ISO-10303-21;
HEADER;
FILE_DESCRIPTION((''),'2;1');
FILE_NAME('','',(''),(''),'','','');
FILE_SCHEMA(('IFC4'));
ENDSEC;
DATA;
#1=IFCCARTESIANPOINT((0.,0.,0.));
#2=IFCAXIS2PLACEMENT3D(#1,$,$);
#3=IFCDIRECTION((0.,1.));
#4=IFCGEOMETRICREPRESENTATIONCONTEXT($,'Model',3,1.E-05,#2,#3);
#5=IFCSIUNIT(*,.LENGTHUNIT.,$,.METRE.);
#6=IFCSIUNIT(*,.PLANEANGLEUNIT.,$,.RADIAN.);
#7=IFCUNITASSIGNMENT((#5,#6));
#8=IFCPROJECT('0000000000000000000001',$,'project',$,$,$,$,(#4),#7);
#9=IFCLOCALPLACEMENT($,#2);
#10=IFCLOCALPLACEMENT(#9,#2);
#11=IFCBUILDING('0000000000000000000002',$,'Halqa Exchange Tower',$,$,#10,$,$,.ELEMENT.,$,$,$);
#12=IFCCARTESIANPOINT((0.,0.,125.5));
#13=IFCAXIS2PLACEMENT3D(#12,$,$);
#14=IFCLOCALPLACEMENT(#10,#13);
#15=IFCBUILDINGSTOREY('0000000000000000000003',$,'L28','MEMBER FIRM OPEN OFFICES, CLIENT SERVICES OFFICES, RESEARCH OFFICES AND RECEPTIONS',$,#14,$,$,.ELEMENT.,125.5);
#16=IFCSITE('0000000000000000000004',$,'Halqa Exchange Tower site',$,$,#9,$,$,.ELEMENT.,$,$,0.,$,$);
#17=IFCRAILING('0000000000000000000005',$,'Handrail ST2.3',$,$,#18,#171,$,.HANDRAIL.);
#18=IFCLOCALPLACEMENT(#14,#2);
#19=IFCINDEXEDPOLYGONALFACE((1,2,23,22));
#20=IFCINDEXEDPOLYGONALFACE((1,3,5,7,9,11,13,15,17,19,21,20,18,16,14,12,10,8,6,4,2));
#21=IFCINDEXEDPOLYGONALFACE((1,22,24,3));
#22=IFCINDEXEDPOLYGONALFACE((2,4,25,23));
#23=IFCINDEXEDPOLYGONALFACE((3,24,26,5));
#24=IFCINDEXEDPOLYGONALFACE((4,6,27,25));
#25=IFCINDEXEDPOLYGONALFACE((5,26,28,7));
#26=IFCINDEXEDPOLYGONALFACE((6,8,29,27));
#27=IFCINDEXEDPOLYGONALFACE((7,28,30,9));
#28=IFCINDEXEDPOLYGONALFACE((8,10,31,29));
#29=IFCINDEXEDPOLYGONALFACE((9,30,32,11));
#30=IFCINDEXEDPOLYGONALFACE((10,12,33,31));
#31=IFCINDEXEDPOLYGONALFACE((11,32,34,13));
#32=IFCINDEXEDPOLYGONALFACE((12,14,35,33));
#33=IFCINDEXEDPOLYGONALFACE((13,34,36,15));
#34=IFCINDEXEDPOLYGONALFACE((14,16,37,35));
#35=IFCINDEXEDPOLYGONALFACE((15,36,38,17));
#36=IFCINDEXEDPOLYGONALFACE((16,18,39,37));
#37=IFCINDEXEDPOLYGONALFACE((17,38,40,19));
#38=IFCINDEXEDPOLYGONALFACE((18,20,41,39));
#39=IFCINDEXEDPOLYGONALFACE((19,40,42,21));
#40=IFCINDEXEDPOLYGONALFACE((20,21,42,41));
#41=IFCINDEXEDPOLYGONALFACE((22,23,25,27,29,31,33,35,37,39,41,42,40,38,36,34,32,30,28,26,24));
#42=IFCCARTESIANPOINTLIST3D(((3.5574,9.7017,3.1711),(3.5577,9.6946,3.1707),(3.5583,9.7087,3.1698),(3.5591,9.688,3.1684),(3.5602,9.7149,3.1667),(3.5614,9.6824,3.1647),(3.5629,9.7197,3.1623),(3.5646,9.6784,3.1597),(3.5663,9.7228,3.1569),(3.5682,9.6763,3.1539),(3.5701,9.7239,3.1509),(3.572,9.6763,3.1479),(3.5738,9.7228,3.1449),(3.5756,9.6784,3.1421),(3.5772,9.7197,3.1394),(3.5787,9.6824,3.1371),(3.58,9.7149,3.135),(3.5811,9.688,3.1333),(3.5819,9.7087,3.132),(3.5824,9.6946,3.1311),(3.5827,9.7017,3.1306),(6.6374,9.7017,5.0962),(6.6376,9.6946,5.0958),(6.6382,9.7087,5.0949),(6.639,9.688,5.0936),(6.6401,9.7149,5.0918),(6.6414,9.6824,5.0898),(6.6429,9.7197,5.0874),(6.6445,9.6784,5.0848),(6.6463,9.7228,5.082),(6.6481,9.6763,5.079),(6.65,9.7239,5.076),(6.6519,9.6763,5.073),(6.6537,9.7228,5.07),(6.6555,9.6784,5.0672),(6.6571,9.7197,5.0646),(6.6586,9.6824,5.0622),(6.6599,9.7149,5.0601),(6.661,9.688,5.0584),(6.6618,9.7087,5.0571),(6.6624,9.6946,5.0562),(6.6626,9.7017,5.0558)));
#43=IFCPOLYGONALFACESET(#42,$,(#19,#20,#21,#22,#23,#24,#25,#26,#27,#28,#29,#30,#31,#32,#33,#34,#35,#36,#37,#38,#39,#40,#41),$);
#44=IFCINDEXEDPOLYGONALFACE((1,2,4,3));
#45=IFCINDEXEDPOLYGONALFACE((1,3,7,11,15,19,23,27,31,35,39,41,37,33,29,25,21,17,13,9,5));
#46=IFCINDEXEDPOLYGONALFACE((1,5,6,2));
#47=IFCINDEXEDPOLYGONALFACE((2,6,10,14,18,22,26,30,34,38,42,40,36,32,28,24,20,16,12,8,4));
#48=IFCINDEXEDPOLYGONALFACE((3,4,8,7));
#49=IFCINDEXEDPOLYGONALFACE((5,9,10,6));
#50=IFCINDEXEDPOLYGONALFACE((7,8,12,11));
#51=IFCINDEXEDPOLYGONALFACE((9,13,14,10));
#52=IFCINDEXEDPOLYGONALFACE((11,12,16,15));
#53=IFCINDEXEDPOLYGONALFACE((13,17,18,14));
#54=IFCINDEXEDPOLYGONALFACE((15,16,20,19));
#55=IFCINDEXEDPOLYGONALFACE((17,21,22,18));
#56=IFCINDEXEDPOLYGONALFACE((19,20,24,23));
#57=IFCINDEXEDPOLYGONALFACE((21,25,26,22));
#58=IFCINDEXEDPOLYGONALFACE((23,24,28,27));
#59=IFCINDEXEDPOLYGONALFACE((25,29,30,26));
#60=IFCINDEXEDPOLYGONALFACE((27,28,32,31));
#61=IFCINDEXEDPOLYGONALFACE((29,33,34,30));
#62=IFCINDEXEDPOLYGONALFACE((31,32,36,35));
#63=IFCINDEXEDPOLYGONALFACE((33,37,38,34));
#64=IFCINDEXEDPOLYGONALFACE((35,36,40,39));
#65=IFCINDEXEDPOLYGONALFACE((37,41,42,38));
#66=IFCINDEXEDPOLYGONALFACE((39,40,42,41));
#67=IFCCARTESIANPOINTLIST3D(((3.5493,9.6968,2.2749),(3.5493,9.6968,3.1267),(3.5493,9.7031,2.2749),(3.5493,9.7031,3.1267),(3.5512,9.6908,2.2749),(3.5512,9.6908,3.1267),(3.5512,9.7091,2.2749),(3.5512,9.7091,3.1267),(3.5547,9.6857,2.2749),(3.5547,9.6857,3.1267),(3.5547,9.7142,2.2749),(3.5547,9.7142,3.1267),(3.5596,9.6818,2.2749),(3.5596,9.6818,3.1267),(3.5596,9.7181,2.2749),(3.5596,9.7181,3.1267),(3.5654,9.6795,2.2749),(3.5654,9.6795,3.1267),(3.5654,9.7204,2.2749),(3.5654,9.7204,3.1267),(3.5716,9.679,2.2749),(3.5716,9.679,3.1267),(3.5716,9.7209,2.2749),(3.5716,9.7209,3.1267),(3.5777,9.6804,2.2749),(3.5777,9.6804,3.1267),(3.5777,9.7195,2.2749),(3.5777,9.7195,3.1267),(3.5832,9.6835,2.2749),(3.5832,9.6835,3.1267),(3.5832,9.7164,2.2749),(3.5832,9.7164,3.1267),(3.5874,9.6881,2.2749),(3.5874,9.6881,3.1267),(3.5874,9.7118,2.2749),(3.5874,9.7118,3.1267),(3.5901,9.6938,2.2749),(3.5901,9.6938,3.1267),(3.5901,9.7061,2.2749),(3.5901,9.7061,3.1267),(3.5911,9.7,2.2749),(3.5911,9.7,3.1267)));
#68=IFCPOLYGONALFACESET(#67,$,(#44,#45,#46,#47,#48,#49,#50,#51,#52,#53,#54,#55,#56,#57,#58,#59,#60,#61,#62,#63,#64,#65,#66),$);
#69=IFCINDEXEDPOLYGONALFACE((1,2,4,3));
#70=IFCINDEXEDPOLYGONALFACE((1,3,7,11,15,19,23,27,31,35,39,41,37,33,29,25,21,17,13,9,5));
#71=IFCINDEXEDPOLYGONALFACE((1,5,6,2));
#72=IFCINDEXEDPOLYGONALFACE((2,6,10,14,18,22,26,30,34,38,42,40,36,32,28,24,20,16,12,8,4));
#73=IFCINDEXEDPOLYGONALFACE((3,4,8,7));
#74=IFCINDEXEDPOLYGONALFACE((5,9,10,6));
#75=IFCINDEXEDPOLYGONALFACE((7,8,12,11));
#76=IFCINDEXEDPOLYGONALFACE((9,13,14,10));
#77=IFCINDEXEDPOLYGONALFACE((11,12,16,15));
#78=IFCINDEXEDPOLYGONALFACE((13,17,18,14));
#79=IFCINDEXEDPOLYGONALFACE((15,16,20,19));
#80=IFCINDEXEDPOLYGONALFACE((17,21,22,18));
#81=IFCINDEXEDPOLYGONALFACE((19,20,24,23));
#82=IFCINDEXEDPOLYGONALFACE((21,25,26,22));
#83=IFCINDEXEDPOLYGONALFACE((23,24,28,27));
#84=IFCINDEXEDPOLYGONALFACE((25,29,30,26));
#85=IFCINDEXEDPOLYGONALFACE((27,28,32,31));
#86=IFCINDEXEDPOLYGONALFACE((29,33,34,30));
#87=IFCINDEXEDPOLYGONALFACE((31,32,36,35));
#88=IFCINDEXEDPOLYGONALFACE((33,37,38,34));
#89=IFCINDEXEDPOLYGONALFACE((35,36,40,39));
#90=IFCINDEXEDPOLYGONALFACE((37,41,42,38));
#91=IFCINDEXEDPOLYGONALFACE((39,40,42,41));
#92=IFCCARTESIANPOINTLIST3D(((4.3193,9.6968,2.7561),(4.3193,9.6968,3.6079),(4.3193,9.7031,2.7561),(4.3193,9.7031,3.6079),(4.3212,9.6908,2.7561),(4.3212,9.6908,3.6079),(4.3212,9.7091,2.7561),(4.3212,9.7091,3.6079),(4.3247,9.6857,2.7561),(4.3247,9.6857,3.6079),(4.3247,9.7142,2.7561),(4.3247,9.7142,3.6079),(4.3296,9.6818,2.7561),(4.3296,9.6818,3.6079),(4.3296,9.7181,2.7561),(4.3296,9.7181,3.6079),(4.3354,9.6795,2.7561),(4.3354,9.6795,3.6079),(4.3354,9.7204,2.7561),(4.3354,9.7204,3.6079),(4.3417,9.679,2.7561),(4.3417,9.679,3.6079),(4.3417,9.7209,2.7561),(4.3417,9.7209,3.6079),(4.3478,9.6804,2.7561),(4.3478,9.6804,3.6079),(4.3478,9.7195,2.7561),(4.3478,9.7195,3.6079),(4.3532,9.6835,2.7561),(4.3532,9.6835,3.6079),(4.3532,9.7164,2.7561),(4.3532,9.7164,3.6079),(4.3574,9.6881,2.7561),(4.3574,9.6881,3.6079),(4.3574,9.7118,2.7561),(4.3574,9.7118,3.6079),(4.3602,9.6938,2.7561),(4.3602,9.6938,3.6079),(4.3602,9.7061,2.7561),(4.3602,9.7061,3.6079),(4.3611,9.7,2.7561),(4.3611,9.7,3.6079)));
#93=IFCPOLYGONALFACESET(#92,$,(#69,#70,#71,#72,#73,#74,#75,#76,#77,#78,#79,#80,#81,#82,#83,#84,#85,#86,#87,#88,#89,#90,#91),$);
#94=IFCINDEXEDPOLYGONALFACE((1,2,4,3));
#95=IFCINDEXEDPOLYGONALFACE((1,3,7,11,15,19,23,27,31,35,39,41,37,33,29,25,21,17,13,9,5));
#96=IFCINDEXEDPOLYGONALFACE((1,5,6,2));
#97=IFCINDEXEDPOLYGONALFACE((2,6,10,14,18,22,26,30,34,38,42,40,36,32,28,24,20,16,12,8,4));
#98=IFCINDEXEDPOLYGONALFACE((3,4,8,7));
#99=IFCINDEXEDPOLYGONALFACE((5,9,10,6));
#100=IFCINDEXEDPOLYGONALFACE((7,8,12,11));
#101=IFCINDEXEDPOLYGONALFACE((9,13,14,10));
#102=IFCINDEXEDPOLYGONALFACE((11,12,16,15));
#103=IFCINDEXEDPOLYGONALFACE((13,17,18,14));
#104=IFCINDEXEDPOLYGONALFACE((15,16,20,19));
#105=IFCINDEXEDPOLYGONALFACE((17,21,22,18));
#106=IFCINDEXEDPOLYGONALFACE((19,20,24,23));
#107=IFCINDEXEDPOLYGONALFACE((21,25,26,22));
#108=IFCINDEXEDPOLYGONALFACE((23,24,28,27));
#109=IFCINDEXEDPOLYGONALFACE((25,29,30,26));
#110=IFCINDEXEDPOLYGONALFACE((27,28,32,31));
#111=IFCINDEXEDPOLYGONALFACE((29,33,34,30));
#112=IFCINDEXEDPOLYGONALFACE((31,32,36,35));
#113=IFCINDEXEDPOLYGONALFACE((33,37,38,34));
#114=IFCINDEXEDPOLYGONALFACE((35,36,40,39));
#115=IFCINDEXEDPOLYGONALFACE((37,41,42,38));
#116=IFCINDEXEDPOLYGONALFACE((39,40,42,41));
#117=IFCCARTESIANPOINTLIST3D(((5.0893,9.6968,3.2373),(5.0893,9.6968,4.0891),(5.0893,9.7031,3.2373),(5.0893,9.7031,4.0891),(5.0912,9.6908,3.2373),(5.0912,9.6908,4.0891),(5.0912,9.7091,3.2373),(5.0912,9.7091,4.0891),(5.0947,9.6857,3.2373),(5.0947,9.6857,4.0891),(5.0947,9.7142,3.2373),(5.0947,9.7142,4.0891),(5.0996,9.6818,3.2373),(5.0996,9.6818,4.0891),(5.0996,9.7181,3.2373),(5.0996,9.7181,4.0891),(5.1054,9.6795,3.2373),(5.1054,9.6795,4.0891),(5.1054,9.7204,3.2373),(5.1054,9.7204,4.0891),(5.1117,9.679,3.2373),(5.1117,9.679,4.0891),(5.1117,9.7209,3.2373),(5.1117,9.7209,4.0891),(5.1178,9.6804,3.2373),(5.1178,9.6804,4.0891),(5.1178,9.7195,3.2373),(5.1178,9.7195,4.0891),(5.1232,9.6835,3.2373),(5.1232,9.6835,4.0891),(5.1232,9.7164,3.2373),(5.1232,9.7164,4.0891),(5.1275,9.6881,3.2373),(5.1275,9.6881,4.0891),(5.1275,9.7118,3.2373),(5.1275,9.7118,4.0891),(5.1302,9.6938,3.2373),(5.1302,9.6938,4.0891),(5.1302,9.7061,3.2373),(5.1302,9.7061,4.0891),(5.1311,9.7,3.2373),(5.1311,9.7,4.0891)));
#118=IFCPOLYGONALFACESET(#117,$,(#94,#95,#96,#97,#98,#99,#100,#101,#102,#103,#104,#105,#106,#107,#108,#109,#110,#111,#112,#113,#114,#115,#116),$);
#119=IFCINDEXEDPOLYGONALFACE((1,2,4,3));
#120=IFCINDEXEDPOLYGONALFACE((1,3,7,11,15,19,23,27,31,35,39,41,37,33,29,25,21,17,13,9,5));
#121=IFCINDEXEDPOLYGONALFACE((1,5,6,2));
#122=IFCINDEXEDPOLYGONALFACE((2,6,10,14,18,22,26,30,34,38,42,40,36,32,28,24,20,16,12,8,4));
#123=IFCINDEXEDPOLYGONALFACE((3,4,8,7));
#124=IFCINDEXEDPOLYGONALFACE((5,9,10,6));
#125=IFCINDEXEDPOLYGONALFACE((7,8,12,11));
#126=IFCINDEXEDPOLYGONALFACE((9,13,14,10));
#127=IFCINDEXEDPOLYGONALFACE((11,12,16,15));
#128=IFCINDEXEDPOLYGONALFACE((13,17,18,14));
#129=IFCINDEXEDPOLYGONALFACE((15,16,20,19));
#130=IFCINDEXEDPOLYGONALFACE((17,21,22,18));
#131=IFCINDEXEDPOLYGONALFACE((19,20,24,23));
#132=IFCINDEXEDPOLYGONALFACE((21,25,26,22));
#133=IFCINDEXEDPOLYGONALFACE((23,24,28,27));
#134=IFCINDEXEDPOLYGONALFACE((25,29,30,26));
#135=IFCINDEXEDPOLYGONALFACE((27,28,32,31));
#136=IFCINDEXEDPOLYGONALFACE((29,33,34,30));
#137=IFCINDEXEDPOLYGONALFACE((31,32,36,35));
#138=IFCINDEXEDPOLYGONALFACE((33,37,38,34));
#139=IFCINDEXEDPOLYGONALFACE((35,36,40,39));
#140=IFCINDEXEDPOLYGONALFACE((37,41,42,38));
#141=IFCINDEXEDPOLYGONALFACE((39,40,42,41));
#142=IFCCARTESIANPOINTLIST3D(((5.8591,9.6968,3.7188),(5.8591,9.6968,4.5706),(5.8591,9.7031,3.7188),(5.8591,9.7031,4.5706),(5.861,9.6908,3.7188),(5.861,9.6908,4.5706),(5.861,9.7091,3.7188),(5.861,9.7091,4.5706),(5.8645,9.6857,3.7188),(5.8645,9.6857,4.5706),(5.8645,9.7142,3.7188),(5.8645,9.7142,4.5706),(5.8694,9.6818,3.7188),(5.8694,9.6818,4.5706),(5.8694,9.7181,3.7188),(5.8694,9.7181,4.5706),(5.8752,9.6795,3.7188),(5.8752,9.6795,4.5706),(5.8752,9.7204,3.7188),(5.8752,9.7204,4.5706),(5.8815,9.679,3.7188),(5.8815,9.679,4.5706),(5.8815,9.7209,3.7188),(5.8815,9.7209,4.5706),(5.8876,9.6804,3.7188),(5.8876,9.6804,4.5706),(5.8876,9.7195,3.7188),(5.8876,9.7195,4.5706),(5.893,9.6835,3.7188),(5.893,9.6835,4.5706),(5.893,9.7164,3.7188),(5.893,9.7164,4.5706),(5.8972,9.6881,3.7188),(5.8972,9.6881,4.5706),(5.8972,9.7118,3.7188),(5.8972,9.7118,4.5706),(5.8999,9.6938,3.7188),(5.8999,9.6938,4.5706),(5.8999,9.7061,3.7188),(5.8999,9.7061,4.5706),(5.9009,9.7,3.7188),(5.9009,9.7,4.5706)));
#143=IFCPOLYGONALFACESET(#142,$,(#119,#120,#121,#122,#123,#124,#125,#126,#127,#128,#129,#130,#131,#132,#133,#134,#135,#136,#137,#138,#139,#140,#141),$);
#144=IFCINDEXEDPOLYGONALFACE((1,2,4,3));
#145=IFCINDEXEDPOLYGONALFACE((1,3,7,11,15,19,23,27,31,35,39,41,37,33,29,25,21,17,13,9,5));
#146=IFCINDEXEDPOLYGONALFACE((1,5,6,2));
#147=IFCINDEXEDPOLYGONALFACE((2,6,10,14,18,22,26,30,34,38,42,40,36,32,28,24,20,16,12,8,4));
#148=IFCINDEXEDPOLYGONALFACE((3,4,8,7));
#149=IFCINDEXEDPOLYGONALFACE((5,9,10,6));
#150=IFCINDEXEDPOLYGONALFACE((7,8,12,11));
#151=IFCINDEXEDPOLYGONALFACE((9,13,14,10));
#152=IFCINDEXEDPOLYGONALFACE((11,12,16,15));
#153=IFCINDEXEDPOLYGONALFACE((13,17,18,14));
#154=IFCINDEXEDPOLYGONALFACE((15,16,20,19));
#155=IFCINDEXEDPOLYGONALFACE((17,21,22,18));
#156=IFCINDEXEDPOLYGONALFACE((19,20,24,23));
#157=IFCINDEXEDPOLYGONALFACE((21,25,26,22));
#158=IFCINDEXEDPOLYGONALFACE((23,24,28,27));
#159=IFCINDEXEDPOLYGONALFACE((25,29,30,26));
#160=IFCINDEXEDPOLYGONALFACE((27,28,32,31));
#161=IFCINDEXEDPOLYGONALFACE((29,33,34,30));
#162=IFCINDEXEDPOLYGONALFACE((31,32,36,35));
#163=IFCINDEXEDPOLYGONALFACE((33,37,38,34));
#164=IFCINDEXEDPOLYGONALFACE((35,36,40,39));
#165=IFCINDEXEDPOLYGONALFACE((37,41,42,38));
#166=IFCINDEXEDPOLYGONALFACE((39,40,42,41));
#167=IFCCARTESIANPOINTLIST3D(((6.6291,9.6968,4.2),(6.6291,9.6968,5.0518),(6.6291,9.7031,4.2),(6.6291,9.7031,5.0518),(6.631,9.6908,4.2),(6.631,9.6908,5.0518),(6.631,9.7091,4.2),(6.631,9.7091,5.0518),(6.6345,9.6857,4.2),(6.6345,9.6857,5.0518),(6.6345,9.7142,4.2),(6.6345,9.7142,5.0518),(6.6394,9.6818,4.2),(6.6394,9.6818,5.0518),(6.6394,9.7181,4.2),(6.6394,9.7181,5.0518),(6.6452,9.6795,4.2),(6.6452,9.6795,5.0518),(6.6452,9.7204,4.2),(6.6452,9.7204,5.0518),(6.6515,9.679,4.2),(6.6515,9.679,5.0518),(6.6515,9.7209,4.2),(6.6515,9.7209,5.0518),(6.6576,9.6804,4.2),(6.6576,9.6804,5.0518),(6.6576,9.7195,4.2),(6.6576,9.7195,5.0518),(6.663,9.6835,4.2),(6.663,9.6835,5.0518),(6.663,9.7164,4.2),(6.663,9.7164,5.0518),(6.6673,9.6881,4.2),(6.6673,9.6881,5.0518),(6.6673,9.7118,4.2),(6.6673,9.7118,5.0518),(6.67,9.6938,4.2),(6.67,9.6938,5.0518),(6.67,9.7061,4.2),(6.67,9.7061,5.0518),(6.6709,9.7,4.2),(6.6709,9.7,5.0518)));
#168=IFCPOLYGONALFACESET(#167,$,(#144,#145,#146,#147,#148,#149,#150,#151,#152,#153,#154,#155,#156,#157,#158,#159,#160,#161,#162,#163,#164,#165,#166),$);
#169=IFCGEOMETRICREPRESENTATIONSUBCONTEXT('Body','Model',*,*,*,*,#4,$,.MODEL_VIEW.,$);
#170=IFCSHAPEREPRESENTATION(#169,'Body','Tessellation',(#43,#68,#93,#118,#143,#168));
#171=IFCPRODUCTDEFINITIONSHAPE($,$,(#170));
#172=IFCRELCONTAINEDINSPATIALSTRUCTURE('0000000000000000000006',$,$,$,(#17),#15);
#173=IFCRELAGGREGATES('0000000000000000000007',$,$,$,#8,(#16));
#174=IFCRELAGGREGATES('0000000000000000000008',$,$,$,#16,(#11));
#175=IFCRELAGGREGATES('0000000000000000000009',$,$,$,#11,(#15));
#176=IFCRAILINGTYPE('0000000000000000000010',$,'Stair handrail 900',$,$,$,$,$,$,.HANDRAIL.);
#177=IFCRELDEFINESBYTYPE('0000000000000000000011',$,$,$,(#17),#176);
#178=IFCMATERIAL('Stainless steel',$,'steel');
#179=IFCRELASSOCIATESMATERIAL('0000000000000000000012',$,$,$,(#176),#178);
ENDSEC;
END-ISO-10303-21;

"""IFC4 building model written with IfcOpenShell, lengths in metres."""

from ifc_helpers import new_model, si_unit, direction, frame, origin, origin_2d, place, context, subcontext, project, spatial, circle, extrude, material, type_object, element, save


model = new_model("IFC4")

# Units and contexts
model_context = context("Model", 3, precision=1e-05, world=origin(), true_north=direction((0.0, 1.0)))
body_context = subcontext(model_context, "Body", "Model", "MODEL_VIEW")
ifc_project = project(units=[si_unit("LENGTHUNIT", "METRE"), si_unit("PLANEANGLEUNIT", "RADIAN")], contexts=[model_context])

# Site, building, storey
site_placement = place(None, origin())
site = spatial("IfcSite", under=ifc_project, at=site_placement, Name="Halqa Exchange Tower site", CompositionType="ELEMENT", RefElevation=0.0)
building_placement = place(site_placement, origin())
building = spatial("IfcBuilding", under=site, at=building_placement, Name="Halqa Exchange Tower", CompositionType="ELEMENT")
storey_placement = place(building_placement, frame((0.0, 0.0, 125.5)))
storey = spatial("IfcBuildingStorey", under=building, at=storey_placement, Name="L28", Description="MEMBER FIRM OPEN OFFICES, CLIENT SERVICES OFFICES, RESEARCH OFFICES AND RECEPTIONS", CompositionType="ELEMENT", Elevation=125.5)

# Railing
ifc_material_1 = material(Name="Stainless steel", Category="steel")
railing_type_1 = type_object("IfcRailingType", Name="Stair handrail 900", PredefinedType="HANDRAIL", material=ifc_material_1)
railing_1_placement = place(storey_placement, frame((3.5701, 9.7, 2.2749)))
element("IfcRailing", 1, at=railing_1_placement, inside=storey, type_object=railing_type_1, Name="Handrail ST2.3", PredefinedType="HANDRAIL", context=body_context, shape_type="SweptSolid", body=[
    extrude(circle(Radius=0.0239, at=origin_2d()), frame((0.0, 0.0, 0.876), z_axis=(0.847979, 0.0, 0.530029), x_axis=(0.0, 1.0, 0.0)), (0.0, 0.0, 1.0), 3.6321),
    extrude(circle(Radius=0.021, at=origin_2d()), origin(), (0.0, 0.0, 1.0), 0.8518),
    extrude(circle(Radius=0.021, at=origin_2d()), frame((0.77, 0.0, 0.4812)), (0.0, 0.0, 1.0), 0.8518),
    extrude(circle(Radius=0.021, at=origin_2d()), frame((1.54, 0.0, 0.9624)), (0.0, 0.0, 1.0), 0.8518),
    extrude(circle(Radius=0.021, at=origin_2d()), frame((2.3098, 0.0, 1.4438)), (0.0, 0.0, 1.0), 0.8518),
    extrude(circle(Radius=0.021, at=origin_2d()), frame((3.0798, 0.0, 1.925)), (0.0, 0.0, 1.0), 0.8518),
])

save(model, "model.ifc")
